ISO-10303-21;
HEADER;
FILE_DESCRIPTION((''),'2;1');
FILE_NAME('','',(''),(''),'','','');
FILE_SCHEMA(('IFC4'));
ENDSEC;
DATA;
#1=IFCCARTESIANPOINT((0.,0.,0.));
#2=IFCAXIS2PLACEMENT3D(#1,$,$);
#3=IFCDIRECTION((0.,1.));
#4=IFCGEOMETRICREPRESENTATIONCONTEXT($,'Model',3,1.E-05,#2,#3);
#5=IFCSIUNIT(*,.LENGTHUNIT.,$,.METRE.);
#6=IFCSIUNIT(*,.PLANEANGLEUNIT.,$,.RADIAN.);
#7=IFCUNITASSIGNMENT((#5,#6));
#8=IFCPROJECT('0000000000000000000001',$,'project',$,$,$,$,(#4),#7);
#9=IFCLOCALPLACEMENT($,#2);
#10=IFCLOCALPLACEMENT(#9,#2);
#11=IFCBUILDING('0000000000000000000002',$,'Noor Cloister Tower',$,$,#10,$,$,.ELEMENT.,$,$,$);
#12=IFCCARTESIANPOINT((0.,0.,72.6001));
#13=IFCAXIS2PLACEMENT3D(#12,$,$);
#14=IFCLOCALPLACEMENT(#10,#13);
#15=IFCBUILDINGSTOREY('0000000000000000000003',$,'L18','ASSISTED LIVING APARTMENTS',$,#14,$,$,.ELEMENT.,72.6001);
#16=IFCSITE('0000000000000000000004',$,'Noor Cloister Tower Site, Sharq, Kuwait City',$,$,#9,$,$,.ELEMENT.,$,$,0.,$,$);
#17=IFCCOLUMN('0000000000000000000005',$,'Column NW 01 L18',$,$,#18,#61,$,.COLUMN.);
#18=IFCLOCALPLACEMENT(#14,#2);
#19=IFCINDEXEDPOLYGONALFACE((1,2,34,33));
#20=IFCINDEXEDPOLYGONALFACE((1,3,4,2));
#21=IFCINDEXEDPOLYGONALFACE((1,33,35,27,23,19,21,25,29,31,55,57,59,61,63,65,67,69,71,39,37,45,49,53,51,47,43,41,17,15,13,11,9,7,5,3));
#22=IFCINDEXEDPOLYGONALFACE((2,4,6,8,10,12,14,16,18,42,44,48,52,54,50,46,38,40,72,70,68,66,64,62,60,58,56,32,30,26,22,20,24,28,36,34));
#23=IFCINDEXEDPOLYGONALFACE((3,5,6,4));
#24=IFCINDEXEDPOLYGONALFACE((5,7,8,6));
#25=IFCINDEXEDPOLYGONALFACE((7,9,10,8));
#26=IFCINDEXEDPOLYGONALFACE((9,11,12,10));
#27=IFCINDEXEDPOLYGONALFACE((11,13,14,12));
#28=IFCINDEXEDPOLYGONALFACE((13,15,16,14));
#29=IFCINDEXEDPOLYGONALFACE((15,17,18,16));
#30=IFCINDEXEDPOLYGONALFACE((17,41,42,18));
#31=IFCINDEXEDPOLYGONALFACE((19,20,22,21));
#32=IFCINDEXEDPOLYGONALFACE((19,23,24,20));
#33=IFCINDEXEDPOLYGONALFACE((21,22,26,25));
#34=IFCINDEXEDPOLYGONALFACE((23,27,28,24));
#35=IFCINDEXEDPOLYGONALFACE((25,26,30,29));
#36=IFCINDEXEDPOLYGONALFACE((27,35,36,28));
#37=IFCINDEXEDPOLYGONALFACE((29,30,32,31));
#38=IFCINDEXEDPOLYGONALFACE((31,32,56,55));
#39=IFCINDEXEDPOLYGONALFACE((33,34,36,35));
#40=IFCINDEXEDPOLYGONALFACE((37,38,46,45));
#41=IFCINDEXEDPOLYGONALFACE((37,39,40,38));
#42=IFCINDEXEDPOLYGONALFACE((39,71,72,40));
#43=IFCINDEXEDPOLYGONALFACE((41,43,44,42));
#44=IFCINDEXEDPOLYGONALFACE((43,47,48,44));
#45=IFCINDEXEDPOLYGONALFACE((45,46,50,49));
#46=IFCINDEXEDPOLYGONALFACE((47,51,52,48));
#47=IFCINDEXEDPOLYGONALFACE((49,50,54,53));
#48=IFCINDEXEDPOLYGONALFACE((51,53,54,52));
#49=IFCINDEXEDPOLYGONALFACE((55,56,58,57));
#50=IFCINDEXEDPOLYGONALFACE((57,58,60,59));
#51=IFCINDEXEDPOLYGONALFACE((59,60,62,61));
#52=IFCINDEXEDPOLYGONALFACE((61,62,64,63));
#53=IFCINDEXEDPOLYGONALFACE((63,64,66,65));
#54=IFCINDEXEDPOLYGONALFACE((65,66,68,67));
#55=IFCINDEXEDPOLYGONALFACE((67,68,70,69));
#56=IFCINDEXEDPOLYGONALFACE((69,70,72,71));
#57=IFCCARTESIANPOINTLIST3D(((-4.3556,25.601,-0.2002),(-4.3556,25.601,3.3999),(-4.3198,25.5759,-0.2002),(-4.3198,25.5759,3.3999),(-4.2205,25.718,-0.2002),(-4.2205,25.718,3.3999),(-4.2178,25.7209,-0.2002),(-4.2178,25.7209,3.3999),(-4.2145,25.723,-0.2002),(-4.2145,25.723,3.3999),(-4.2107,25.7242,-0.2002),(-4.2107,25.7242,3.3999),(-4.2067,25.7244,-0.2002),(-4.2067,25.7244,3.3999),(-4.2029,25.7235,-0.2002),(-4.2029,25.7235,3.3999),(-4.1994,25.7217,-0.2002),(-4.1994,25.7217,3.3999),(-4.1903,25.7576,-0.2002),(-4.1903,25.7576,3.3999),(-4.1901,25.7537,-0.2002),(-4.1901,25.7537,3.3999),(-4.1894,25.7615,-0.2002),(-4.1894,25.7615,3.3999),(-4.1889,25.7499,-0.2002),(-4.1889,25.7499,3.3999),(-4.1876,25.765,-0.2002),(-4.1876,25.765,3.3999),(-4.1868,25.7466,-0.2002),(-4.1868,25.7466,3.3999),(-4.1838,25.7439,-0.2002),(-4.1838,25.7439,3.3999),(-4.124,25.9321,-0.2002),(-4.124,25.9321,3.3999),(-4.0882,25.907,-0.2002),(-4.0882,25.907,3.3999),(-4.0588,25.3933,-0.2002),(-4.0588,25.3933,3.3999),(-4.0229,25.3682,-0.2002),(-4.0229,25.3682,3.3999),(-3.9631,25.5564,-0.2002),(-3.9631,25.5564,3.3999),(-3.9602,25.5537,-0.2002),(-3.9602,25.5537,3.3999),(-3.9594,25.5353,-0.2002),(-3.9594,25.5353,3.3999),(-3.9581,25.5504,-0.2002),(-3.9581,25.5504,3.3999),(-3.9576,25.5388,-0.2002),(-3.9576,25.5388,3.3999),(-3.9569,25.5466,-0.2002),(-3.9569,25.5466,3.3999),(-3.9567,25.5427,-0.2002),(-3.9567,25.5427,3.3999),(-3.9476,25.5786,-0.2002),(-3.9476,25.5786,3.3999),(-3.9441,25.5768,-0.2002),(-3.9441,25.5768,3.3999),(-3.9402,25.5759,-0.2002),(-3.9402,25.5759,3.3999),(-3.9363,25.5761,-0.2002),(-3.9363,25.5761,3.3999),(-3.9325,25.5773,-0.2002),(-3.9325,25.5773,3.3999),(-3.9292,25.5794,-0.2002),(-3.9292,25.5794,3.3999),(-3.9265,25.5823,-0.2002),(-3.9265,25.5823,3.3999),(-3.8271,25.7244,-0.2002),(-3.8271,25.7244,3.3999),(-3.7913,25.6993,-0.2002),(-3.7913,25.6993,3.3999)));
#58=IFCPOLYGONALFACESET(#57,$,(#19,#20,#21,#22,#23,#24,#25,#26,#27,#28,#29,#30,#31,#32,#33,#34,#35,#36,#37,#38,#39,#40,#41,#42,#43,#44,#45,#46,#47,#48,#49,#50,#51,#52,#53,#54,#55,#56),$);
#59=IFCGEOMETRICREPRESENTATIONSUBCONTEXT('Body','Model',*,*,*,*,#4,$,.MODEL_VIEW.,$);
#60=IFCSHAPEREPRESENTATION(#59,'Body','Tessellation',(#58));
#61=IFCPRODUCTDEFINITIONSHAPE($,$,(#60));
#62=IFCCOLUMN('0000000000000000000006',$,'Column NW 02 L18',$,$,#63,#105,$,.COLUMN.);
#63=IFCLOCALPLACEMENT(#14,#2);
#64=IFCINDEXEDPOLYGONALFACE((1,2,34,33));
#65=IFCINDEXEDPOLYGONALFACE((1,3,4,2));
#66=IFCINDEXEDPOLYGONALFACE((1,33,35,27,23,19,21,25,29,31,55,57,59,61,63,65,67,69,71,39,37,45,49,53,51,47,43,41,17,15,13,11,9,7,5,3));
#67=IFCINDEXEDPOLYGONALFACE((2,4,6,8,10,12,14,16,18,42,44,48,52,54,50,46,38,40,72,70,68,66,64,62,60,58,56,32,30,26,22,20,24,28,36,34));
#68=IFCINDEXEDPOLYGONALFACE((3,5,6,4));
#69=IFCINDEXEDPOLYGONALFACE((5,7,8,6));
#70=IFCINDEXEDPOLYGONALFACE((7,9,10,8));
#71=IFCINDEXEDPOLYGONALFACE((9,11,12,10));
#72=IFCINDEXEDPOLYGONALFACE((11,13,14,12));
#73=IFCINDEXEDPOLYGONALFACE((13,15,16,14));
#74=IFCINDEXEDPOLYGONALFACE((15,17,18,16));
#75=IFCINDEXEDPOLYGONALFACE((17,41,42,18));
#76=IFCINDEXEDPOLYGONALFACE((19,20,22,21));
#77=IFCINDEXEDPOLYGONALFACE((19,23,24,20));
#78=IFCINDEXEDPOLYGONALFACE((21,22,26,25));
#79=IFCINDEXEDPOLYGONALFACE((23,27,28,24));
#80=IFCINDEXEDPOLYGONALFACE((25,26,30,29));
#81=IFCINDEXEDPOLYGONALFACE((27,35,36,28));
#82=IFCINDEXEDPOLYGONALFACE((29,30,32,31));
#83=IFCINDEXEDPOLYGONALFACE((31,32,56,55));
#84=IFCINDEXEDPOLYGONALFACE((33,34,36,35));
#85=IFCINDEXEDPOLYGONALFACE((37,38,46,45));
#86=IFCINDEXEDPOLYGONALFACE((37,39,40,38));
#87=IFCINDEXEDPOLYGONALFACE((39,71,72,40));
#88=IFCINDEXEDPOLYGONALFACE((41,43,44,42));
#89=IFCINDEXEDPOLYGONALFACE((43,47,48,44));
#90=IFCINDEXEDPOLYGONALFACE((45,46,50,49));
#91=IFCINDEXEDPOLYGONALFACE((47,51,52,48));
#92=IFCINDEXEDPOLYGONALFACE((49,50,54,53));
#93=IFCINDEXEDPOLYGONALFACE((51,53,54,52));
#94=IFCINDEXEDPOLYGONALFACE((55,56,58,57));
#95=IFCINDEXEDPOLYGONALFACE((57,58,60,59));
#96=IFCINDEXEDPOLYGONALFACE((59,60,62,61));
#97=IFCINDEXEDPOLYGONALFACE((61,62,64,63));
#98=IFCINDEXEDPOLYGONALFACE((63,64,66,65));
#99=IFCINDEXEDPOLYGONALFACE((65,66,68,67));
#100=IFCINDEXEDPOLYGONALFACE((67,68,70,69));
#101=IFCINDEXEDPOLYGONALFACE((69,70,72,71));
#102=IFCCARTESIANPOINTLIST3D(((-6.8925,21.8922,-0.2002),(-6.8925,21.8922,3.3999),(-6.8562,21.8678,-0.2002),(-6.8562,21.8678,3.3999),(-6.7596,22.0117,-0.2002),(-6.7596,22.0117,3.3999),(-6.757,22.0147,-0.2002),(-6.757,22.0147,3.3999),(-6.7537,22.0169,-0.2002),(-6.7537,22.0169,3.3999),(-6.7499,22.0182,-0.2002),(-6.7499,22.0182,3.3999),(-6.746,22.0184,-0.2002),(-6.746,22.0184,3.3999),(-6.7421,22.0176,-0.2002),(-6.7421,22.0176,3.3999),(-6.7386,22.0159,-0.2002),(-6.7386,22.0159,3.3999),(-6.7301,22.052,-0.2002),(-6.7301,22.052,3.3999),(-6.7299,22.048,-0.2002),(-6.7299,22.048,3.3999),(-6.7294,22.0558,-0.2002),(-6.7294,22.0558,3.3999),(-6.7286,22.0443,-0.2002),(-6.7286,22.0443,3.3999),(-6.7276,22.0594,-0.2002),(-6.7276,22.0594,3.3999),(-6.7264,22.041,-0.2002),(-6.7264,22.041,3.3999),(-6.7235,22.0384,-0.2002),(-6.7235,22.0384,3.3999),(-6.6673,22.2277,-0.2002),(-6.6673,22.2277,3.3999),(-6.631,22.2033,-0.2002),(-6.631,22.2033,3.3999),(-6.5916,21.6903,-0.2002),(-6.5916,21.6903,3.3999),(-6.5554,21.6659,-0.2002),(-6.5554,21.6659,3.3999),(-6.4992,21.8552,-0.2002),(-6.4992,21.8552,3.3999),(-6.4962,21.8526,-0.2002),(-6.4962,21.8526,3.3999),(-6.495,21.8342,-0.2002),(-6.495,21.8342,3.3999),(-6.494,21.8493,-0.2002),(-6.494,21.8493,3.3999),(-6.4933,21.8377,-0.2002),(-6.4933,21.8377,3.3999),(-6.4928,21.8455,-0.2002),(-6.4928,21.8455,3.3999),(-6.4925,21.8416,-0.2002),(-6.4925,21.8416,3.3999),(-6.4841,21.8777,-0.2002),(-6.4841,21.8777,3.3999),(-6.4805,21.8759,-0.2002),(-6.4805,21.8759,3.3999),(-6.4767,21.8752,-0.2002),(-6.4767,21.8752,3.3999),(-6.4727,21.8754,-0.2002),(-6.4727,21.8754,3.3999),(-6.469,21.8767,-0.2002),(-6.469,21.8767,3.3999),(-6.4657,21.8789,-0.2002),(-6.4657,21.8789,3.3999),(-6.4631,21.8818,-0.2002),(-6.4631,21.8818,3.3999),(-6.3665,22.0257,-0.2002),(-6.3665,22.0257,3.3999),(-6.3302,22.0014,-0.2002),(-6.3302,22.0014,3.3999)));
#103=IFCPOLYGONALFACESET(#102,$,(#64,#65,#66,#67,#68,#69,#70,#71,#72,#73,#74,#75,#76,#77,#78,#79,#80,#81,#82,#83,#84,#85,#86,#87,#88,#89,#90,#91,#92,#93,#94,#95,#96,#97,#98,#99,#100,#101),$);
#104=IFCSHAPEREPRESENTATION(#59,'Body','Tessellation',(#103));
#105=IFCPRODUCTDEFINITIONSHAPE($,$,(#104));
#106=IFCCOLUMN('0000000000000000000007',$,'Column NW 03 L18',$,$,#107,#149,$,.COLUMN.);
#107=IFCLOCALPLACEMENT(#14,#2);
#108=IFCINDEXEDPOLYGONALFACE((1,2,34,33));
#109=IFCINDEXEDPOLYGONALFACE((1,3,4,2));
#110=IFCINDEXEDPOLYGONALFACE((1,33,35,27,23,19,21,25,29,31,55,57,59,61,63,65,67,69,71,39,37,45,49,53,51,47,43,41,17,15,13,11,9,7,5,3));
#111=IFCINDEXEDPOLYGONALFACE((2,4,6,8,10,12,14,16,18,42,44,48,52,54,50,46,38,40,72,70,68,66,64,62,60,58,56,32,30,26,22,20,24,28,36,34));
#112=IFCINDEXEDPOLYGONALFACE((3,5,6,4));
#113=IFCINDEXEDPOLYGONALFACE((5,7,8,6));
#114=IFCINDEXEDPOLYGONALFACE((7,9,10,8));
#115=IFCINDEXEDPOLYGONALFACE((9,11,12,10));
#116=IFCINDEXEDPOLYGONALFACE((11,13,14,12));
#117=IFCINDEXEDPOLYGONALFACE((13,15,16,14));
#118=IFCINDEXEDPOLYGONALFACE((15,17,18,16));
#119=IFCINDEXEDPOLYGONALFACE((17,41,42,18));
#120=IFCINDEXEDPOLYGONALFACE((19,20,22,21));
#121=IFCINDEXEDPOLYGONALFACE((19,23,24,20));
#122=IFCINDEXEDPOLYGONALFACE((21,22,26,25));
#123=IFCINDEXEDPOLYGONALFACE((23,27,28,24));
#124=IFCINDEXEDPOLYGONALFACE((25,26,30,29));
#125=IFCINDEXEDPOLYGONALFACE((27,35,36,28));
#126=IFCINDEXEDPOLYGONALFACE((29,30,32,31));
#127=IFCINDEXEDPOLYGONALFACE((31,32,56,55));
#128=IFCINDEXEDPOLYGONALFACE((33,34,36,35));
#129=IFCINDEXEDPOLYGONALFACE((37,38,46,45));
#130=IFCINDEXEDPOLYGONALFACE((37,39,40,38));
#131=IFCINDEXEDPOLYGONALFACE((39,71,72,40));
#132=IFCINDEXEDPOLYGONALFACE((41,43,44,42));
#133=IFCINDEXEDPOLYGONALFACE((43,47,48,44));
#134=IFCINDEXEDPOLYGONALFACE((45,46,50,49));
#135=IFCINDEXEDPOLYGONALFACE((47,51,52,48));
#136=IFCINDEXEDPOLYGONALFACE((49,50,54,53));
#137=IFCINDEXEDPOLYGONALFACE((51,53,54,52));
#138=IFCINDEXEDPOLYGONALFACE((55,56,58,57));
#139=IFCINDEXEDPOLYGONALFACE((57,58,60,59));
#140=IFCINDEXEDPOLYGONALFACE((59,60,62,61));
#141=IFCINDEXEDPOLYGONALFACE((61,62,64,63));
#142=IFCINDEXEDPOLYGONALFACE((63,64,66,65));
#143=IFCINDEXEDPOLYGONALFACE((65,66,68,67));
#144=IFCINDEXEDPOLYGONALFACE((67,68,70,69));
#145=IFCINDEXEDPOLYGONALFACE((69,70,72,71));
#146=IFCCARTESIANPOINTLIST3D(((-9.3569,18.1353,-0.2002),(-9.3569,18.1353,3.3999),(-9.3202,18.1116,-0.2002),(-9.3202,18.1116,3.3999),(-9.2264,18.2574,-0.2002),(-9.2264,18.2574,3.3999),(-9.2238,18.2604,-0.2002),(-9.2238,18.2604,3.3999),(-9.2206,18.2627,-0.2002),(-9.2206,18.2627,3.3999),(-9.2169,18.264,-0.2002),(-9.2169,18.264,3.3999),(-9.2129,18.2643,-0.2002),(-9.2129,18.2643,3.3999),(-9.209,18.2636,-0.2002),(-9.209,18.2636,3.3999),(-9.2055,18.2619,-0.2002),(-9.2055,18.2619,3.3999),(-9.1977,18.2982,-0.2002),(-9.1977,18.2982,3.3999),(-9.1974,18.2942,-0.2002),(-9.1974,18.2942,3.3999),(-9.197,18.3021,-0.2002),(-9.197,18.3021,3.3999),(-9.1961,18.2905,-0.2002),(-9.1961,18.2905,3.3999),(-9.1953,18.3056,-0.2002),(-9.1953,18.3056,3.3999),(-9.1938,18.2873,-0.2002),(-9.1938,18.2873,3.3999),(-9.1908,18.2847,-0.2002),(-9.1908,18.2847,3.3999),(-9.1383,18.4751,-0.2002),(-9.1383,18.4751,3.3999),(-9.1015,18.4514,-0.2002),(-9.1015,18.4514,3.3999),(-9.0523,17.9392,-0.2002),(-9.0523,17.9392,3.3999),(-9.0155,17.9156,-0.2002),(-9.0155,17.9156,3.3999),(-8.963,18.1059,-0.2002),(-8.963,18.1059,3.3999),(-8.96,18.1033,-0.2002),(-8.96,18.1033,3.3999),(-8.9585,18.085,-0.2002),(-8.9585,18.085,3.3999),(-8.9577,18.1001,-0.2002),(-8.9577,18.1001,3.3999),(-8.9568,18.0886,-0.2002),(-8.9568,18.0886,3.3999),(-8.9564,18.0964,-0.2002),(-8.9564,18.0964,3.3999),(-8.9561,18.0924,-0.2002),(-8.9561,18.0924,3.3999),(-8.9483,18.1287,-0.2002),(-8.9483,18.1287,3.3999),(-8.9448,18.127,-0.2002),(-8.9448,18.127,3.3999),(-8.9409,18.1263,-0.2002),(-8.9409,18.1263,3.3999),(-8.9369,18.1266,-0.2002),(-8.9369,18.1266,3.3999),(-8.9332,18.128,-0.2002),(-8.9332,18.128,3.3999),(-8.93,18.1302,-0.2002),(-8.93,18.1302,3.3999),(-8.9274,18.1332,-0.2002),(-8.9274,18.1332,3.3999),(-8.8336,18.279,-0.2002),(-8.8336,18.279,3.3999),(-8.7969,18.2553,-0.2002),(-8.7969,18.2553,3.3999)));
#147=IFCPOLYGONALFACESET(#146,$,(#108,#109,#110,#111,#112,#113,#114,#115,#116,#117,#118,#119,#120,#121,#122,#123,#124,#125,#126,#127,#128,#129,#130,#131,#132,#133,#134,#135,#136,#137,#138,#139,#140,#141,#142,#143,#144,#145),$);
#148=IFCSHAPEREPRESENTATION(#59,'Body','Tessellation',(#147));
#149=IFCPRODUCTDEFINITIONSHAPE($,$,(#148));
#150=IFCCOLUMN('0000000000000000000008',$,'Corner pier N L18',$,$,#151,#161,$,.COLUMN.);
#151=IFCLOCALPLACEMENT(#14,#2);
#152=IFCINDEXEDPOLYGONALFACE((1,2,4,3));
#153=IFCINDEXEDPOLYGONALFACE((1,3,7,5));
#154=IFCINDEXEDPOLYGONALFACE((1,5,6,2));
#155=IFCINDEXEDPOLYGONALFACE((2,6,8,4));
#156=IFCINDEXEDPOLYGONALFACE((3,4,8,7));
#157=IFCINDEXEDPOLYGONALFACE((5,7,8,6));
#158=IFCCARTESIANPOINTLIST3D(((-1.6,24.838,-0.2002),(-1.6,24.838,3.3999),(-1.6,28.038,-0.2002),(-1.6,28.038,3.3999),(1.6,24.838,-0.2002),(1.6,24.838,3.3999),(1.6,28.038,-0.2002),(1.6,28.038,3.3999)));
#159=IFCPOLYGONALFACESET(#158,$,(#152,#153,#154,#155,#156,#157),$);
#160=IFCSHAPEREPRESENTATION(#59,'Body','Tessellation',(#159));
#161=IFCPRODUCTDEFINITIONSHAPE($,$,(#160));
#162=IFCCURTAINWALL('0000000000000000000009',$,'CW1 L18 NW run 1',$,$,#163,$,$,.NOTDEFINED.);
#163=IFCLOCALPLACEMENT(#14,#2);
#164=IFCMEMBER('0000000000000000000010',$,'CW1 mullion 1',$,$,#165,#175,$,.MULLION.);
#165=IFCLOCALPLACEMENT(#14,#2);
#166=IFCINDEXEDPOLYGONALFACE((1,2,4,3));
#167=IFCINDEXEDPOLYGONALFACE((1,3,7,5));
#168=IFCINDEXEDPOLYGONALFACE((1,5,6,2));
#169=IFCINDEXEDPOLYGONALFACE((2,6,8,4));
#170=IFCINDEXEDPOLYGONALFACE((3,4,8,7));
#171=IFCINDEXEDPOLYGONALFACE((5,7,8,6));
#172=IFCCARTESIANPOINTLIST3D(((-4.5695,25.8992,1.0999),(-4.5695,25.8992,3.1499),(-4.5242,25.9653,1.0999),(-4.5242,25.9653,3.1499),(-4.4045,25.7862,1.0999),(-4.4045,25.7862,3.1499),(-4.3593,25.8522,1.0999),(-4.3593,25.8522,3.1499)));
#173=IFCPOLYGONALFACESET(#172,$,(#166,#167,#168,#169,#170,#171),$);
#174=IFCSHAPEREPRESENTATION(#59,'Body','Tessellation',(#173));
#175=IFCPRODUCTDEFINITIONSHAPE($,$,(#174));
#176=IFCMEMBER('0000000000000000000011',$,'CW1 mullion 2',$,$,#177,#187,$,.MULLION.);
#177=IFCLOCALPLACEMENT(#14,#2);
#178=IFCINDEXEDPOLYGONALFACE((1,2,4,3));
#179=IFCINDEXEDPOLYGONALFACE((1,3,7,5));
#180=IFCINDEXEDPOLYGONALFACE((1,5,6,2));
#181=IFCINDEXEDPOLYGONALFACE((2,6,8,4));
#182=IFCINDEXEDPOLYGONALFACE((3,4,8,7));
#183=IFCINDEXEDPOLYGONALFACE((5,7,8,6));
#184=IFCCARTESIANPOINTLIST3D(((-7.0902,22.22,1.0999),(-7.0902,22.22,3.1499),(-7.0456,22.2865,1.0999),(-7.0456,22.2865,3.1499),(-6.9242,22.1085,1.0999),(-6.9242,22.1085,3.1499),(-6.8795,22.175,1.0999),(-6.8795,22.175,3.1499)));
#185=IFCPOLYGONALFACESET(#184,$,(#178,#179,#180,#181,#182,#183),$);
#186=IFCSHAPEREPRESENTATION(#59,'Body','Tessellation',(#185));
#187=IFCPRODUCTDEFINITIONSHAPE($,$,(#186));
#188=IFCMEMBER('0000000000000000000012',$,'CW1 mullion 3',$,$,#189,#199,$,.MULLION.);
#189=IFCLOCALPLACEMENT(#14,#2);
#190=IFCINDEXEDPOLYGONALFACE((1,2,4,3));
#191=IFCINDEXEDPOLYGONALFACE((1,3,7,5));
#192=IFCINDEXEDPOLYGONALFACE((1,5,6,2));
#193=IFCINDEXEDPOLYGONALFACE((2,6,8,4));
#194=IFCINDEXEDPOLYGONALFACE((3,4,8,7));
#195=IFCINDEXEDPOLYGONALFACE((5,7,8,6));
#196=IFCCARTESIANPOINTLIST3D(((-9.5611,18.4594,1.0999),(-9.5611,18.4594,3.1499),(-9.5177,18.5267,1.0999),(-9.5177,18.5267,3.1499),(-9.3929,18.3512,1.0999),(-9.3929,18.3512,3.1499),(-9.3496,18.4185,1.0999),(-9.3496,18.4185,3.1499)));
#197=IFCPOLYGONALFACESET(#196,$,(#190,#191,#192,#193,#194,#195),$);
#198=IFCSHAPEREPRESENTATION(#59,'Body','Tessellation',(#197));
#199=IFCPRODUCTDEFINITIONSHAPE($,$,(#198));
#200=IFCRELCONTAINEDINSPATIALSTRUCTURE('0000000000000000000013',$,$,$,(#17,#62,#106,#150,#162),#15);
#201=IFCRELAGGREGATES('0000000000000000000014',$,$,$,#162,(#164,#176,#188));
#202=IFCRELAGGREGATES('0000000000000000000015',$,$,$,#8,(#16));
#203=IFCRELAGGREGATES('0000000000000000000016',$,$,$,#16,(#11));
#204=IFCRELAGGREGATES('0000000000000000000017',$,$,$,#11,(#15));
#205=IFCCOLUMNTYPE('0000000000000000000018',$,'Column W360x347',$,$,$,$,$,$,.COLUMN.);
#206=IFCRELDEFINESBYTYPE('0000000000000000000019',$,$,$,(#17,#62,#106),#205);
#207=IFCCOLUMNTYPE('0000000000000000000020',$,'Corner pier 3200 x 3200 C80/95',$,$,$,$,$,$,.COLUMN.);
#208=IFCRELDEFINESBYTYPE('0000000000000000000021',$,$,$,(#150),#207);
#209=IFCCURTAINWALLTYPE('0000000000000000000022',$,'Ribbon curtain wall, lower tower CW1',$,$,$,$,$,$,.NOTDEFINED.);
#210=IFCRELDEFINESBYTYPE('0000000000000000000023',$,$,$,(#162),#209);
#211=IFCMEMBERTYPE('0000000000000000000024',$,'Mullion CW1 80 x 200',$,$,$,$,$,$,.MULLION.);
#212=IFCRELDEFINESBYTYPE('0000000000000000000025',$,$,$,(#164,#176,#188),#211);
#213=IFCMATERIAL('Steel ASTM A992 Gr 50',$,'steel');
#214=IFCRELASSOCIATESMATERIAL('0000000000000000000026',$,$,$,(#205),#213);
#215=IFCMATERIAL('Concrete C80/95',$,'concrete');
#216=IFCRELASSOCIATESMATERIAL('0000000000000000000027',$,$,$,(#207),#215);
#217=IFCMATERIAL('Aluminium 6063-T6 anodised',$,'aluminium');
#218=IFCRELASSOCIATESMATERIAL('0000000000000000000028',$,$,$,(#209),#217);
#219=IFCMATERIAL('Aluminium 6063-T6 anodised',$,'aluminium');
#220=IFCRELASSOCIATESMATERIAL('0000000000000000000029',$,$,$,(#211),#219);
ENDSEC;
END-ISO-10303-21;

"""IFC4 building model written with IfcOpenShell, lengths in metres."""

from ifc_helpers import new_model, si_unit, direction, frame, origin, origin_2d, place, context, subcontext, project, spatial, rectangle, i_section, extrude, material, material_profile, profile_set, type_object, element, aggregate, save


model = new_model("IFC4")

# Units and contexts
model_context = context("Model", 3, precision=1e-05, world=origin(), true_north=direction((0.0, 1.0)))
body_context = subcontext(model_context, "Body", "Model", "MODEL_VIEW")
ifc_project = project(units=[si_unit("LENGTHUNIT", "METRE"), si_unit("PLANEANGLEUNIT", "RADIAN")], contexts=[model_context])

# Site, building, storey
site_placement = place(None, origin())
site = spatial("IfcSite", under=ifc_project, at=site_placement, Name="Noor Cloister Tower Site, Sharq, Kuwait City", CompositionType="ELEMENT", RefElevation=0.0)
building_placement = place(site_placement, origin())
building = spatial("IfcBuilding", under=site, at=building_placement, Name="Noor Cloister Tower", CompositionType="ELEMENT")
storey_placement = place(building_placement, frame((0.0, 0.0, 72.6001)))
storey = spatial("IfcBuildingStorey", under=building, at=storey_placement, Name="L18", Description="ASSISTED LIVING APARTMENTS", CompositionType="ELEMENT", Elevation=72.6001)

# Columns
ifc_material_1 = material(Name="Steel ASTM A992 Gr 50", Category="steel")
ifc_material_profile_1 = material_profile(ifc_material_1, i_section(OverallWidth=0.4041, OverallDepth=0.406, WebThickness=0.0271, FlangeThickness=0.0437, FilletRadius=0.0151, at=origin_2d()), Name="W360x347")
ifc_profile_set_1 = profile_set([ifc_material_profile_1], Name="Steel ASTM A992 Gr 50")
column_type_1 = type_object("IfcColumnType", Name="Column W360x347", PredefinedType="COLUMN", material=ifc_profile_set_1)
for number, where, z_axis, x_axis, name in (
    (1, (-4.0735, 25.6501, -0.2002), (0.0, 0.0, 1.0), (-0.573207, -0.819411, 0.0), "Column NW 01 L18"),
    (2, (-6.6113, 21.9468, -0.2002), (0.0, 0.0, 1.0), (-0.557293, -0.830316, 0.0), "Column NW 02 L18"),
    (3, (-9.0769, 18.1953, -0.2002), (0.0, 0.0, 1.0), (-0.541171, -0.840912, 0.0), "Column NW 03 L18"),
):
    element("IfcColumn", number, at=place(storey_placement, frame(where, z_axis=z_axis, x_axis=x_axis)), inside=storey, type_object=column_type_1, Name=name, PredefinedType="COLUMN", context=body_context, shape_type="SweptSolid", body=[
        extrude(i_section(OverallWidth=0.4041, OverallDepth=0.406, WebThickness=0.0271, FlangeThickness=0.0437, FilletRadius=0.0151, at=origin_2d()), origin(), (0.0, 0.0, 1.0), 3.6001),
    ])
ifc_material_2 = material(Name="Concrete C80/95", Category="concrete")
ifc_material_profile_2 = material_profile(ifc_material_2, rectangle(XDim=3.2, YDim=3.2, at=origin_2d()), Name="RC 3200x3200")
ifc_profile_set_2 = profile_set([ifc_material_profile_2], Name="Concrete C80/95")
column_type_2 = type_object("IfcColumnType", Name="Corner pier 3200 x 3200 C80/95", PredefinedType="COLUMN", material=ifc_profile_set_2)
column_placement = place(storey_placement, frame((0.0, 26.438, -0.2002), z_axis=(0.0, 0.0, 1.0), x_axis=(0.0, 1.0, 0.0)))
element("IfcColumn", 4, at=column_placement, inside=storey, type_object=column_type_2, Name="Corner pier N L18", PredefinedType="COLUMN", context=body_context, shape_type="SweptSolid", body=[
    extrude(rectangle(XDim=3.2, YDim=3.2, at=origin_2d()), origin(), (0.0, 0.0, 1.0), 3.6001),
])

# Curtain wall, members
ifc_material_3 = material(Name="Aluminium 6063-T6 anodised", Category="aluminium")
curtain_wall_type = type_object("IfcCurtainWallType", Name="Ribbon curtain wall, lower tower CW1", PredefinedType="NOTDEFINED", material=ifc_material_3)
curtain_wall_placement = place(storey_placement, origin())
curtain_wall = element("IfcCurtainWall", 5, at=curtain_wall_placement, inside=storey, type_object=curtain_wall_type, Name="CW1 L18 NW run 1", PredefinedType="NOTDEFINED")
ifc_material_4 = material(Name="Aluminium 6063-T6 anodised", Category="aluminium")
ifc_material_profile_3 = material_profile(ifc_material_4, rectangle(XDim=0.2, YDim=0.0801, at=origin_2d()), Name="200 x 80 mullion")
ifc_profile_set_3 = profile_set([ifc_material_profile_3], Name="Aluminium 6063-T6 anodised")
member_type = type_object("IfcMemberType", Name="Mullion CW1 80 x 200", PredefinedType="MULLION", material=ifc_profile_set_3)
member_1_placement = place(storey_placement, frame((-4.4644, 25.8757, 1.0999), z_axis=(0.0, 0.0, 1.0), x_axis=(0.824902, -0.565276, 0.0)))
member_1 = element("IfcMember", 6, at=member_1_placement, type_object=member_type, Name="CW1 mullion 1", PredefinedType="MULLION", context=body_context, shape_type="SweptSolid", body=[
    extrude(rectangle(XDim=0.2, YDim=0.0801, at=origin_2d()), origin(), (0.0, 0.0, 1.0), 2.05),
])
member_2_placement = place(storey_placement, frame((-6.9849, 22.1975, 1.0999), z_axis=(0.0, 0.0, 1.0), x_axis=(0.830316, -0.557293, 0.0)))
member_2 = element("IfcMember", 7, at=member_2_placement, type_object=member_type, Name="CW1 mullion 2", PredefinedType="MULLION", context=body_context, shape_type="SweptSolid", body=[
    extrude(rectangle(XDim=0.2, YDim=0.0801, at=origin_2d()), origin(), (0.0, 0.0, 1.0), 2.05),
])
member_3_placement = place(storey_placement, frame((-9.4553, 18.439, 1.0999), z_axis=(0.0, 0.0, 1.0), x_axis=(0.840912, -0.541171, 0.0)))
member_3 = element("IfcMember", 8, at=member_3_placement, type_object=member_type, Name="CW1 mullion 3", PredefinedType="MULLION", context=body_context, shape_type="SweptSolid", body=[
    extrude(rectangle(XDim=0.2, YDim=0.0801, at=origin_2d()), origin(), (0.0, 0.0, 1.0), 2.05),
])

aggregate(curtain_wall, [member_1, member_2, member_3])

save(model, "model.ifc")
